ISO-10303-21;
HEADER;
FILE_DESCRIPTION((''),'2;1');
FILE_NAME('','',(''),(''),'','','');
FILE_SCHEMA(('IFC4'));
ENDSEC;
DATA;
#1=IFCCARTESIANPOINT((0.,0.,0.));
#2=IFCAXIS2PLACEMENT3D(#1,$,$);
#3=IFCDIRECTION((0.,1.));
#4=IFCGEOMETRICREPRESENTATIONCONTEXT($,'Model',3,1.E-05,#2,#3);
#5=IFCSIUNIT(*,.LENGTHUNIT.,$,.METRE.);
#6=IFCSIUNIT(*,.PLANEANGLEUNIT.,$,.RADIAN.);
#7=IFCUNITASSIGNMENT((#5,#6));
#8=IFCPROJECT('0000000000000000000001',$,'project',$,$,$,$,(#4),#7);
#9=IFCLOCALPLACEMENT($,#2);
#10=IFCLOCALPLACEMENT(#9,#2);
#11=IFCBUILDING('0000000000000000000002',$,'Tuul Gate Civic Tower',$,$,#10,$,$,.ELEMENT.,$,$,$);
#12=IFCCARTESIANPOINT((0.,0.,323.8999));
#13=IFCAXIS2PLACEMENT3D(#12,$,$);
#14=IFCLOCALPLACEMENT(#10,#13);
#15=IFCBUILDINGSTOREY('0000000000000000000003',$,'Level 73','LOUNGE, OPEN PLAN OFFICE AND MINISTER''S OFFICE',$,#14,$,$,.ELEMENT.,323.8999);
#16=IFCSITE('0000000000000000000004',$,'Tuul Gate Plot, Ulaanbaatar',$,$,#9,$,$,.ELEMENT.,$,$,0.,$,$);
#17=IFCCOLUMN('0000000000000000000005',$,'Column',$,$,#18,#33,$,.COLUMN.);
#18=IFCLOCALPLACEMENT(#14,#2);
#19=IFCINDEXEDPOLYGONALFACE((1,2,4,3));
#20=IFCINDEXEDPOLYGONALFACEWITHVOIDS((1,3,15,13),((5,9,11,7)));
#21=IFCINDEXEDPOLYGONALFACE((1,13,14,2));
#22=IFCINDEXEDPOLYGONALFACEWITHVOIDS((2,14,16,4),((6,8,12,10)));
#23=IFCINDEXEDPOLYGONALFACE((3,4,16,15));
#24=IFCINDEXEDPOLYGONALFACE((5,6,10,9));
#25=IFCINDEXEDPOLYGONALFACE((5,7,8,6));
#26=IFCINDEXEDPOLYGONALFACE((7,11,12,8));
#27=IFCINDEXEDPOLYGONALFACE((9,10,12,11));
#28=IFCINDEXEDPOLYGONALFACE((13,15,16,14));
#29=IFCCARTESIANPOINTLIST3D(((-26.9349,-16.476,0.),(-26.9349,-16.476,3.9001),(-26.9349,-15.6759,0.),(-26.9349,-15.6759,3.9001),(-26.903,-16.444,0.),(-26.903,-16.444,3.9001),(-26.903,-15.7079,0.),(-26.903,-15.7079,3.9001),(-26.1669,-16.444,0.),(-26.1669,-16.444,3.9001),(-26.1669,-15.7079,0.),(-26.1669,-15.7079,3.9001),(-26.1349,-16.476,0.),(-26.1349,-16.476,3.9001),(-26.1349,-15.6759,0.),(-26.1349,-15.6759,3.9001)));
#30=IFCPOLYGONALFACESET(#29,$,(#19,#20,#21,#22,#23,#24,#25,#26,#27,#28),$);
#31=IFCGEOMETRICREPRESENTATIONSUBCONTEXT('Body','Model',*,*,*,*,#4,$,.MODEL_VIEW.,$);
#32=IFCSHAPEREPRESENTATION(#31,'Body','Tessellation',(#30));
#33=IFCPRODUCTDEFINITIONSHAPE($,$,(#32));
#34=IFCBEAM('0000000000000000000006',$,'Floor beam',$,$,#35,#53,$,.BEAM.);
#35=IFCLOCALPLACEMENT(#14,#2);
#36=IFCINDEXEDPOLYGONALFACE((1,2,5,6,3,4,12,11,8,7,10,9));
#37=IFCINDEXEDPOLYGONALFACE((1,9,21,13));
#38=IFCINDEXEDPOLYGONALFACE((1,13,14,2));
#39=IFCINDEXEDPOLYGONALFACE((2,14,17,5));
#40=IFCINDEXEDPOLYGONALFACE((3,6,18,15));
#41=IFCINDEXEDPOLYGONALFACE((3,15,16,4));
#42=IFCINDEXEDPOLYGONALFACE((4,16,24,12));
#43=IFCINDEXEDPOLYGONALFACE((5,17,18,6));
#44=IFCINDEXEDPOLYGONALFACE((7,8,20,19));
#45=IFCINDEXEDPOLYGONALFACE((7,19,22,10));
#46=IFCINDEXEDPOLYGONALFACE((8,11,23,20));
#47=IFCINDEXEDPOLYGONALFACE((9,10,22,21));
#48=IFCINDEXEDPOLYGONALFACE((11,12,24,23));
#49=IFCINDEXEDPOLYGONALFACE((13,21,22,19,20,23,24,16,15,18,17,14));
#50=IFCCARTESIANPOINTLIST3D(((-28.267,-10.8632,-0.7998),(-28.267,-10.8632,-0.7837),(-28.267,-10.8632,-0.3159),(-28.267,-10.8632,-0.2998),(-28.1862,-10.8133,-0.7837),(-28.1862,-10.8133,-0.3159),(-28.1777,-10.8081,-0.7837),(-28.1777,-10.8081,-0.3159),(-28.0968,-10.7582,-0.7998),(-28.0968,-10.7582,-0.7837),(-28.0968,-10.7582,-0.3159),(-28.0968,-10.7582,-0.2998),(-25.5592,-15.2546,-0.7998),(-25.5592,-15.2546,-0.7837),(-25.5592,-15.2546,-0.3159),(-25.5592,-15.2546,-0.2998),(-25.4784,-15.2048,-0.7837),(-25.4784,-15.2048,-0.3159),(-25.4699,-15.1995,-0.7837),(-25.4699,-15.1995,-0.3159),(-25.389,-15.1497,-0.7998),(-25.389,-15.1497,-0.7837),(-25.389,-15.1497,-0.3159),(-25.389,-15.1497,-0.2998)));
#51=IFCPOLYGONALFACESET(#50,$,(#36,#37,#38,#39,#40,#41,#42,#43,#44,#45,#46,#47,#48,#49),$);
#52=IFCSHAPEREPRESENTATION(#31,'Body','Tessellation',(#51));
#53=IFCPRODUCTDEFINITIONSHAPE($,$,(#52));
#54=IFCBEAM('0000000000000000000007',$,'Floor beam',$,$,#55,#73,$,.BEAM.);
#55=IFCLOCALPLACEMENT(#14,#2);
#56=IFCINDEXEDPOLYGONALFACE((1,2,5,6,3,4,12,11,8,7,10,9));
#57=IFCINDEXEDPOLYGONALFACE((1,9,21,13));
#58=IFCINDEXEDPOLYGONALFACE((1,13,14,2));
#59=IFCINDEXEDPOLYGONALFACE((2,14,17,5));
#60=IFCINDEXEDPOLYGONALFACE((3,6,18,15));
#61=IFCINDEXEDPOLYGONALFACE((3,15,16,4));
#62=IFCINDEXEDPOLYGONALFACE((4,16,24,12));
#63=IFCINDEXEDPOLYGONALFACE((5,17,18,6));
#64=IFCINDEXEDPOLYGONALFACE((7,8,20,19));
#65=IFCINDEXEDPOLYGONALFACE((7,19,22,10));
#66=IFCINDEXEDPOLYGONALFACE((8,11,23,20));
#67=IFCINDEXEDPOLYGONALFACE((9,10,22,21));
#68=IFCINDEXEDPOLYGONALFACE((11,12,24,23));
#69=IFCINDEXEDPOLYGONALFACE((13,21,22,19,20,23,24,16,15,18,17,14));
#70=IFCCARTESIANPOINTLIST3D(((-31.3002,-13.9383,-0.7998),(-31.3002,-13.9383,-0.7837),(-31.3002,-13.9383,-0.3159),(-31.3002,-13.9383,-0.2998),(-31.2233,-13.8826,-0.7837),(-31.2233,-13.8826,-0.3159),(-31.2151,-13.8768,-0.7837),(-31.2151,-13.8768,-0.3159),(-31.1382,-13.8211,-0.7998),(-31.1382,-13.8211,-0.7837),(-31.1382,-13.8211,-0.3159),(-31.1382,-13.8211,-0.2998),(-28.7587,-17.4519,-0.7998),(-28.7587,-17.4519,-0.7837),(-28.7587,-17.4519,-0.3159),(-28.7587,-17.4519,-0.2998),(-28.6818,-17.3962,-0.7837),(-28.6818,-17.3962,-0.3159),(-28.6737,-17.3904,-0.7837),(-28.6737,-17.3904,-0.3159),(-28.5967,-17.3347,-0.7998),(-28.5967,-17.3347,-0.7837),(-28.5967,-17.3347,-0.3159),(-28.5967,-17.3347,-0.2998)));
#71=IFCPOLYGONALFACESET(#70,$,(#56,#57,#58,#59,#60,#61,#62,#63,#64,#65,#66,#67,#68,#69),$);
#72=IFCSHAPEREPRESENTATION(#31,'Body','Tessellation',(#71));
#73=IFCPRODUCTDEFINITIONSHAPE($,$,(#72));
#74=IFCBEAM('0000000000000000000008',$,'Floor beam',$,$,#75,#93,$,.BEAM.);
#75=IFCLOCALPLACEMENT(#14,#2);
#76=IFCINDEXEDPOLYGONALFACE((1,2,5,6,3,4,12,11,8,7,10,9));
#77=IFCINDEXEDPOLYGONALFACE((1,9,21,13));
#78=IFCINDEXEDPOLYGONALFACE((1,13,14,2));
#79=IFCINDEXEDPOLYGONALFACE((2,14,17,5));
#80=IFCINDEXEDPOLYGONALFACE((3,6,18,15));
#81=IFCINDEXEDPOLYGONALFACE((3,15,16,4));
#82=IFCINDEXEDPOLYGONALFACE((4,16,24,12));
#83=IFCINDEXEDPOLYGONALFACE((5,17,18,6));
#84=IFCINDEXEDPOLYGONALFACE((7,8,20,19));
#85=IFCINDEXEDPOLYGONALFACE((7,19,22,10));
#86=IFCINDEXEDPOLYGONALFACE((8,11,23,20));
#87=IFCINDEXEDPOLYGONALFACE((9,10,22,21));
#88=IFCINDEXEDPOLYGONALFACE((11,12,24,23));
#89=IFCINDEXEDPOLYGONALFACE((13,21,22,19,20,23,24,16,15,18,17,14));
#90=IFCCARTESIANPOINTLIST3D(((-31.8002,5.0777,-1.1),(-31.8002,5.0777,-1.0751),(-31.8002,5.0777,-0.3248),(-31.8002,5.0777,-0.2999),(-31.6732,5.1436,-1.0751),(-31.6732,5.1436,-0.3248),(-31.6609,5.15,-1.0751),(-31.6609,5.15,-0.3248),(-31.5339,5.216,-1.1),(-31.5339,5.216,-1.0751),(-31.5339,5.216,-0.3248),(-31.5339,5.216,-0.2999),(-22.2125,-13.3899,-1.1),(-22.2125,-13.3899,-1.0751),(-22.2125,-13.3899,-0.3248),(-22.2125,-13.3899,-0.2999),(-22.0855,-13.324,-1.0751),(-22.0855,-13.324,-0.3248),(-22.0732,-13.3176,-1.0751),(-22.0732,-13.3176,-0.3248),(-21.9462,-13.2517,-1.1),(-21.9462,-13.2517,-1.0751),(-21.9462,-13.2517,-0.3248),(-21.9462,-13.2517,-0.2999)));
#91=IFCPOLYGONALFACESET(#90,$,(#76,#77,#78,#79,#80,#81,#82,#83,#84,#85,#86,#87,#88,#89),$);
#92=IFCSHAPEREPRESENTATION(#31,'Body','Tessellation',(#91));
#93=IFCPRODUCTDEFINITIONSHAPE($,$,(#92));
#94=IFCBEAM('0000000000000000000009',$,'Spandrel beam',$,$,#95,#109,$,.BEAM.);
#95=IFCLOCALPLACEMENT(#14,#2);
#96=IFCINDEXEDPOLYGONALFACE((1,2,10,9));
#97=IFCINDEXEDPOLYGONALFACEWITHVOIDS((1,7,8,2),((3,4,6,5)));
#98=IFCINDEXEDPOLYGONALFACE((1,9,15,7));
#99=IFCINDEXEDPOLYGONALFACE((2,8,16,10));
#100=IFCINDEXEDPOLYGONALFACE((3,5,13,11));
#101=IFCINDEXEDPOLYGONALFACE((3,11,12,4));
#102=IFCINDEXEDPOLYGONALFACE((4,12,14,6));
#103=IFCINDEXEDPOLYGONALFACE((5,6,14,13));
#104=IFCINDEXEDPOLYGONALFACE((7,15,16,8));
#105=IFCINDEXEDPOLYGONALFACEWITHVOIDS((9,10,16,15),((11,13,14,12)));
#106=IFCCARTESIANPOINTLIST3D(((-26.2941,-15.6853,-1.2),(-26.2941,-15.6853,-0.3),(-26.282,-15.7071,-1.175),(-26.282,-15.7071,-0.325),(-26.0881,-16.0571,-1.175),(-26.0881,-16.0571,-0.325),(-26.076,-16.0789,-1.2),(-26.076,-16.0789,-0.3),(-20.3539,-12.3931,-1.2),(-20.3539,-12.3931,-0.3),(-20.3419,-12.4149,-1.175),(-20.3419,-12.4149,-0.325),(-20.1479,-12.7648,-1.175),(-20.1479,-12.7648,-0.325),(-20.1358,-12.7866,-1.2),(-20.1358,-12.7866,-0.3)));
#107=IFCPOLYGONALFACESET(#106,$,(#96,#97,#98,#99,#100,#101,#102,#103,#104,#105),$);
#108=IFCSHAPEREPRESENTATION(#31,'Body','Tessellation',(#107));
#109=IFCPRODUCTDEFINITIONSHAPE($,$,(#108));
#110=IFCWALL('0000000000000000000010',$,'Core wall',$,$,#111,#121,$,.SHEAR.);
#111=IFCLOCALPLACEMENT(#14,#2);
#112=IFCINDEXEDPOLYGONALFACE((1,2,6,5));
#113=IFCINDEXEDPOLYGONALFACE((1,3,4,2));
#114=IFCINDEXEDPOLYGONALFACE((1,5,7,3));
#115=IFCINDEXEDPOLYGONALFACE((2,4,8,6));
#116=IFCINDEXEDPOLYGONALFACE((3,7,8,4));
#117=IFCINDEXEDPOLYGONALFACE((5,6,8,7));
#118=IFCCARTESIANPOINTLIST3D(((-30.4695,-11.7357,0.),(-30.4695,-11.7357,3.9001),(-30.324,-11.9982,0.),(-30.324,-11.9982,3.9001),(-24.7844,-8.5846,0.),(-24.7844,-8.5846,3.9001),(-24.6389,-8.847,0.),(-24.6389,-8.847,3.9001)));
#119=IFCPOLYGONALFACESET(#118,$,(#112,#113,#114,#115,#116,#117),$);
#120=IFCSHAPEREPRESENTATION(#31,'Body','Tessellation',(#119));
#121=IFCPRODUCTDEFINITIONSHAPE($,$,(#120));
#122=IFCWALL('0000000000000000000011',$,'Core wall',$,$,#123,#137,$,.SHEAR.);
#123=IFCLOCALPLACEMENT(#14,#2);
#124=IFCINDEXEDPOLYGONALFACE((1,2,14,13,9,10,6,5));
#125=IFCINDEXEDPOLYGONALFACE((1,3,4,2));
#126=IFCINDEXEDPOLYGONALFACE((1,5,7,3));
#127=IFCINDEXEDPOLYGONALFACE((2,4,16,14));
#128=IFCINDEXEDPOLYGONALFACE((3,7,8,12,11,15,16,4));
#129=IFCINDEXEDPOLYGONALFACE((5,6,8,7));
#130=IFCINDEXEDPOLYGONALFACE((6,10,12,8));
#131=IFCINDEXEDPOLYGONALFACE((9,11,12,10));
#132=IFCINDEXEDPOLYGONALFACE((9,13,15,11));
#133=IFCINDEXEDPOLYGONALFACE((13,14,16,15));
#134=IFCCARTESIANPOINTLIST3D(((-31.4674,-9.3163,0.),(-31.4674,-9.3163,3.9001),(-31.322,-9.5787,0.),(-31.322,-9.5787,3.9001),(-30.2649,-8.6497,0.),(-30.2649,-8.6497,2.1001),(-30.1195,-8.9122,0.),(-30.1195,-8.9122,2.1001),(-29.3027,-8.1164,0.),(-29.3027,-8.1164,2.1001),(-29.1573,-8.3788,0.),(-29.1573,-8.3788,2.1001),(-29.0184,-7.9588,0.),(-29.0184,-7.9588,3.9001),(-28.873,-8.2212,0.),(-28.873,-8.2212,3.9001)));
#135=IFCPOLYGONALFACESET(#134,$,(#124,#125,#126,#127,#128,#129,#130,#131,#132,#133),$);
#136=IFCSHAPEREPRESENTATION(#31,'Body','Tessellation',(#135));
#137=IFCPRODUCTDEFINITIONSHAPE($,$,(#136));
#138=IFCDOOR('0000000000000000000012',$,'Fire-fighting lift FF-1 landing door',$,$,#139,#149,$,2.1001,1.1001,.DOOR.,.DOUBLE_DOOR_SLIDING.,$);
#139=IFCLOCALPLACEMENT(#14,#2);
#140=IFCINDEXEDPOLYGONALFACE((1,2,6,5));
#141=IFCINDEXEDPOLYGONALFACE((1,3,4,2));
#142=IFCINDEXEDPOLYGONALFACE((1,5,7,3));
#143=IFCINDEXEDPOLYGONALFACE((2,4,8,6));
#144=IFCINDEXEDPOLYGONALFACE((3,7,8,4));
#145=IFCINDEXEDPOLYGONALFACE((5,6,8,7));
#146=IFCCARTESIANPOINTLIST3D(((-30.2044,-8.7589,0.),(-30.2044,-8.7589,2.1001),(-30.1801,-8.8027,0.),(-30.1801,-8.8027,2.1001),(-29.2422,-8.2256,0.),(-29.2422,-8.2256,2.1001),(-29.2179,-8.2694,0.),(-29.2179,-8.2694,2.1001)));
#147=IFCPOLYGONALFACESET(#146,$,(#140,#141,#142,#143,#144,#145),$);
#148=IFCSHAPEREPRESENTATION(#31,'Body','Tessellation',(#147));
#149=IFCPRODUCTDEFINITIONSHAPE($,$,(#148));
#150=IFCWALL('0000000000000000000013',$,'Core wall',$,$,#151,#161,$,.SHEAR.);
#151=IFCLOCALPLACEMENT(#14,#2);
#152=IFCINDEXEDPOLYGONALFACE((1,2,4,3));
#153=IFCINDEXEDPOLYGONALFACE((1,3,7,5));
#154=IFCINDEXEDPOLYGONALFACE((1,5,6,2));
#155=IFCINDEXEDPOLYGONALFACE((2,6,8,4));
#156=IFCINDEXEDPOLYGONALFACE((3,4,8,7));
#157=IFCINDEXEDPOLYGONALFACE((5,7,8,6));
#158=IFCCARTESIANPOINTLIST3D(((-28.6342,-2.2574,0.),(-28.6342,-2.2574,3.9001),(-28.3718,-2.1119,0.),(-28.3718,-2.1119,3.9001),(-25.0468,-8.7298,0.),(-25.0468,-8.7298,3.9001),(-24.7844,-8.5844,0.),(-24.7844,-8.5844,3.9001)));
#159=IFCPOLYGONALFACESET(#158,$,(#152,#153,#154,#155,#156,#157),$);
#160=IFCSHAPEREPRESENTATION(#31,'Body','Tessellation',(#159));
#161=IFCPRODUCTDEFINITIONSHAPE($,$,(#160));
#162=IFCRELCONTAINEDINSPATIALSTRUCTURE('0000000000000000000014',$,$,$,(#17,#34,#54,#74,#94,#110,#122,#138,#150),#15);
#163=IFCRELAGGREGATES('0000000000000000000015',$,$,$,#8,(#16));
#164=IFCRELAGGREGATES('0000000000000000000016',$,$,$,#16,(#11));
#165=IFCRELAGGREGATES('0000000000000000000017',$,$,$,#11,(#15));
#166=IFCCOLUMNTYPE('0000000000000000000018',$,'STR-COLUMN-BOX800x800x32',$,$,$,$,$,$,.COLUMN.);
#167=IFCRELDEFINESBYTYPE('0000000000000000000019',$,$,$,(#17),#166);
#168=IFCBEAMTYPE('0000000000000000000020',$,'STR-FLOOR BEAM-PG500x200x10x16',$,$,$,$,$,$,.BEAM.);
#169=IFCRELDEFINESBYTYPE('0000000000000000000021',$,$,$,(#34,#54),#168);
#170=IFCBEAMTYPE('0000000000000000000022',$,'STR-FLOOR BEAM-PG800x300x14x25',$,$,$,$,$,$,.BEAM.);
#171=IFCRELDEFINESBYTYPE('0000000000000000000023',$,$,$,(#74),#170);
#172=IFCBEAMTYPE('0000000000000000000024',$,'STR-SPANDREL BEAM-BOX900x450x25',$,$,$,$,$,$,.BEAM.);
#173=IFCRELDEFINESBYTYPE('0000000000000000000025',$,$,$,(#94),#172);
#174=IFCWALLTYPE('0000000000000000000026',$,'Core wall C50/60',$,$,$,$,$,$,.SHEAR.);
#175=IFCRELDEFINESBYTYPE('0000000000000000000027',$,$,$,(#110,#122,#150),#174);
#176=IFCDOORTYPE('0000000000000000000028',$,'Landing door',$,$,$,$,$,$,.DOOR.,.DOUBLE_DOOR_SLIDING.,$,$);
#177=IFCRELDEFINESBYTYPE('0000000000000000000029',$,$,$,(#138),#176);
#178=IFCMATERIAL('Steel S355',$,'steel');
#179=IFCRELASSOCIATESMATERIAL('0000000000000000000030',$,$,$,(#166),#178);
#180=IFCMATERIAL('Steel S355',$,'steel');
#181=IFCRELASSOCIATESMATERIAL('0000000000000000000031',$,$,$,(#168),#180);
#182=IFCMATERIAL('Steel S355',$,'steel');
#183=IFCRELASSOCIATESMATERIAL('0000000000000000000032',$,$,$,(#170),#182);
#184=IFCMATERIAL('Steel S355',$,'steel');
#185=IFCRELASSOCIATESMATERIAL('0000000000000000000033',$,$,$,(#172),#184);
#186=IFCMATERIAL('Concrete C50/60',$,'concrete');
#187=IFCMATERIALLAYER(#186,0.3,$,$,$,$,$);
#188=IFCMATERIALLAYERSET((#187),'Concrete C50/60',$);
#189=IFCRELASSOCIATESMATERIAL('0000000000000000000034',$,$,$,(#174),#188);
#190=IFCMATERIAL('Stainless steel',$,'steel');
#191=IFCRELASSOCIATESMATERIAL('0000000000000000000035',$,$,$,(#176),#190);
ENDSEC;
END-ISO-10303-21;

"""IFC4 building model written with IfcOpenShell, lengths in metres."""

from ifc_helpers import new_model, si_unit, direction, frame, frame_2d, origin, origin_2d, place, context, subcontext, project, spatial, rectangle, hollow_rectangle, i_section, extrude, material, layer, layer_set, material_profile, profile_set, type_object, element, fill, save


model = new_model("IFC4")

# Units and contexts
model_context = context("Model", 3, precision=1e-05, world=origin(), true_north=direction((0.0, 1.0)))
body_context = subcontext(model_context, "Body", "Model", "MODEL_VIEW")
ifc_project = project(units=[si_unit("LENGTHUNIT", "METRE"), si_unit("PLANEANGLEUNIT", "RADIAN")], contexts=[model_context])

# Site, building, storey
site_placement = place(None, origin())
site = spatial("IfcSite", under=ifc_project, at=site_placement, Name="Tuul Gate Plot, Ulaanbaatar", CompositionType="ELEMENT", RefElevation=0.0)
building_placement = place(site_placement, origin())
building = spatial("IfcBuilding", under=site, at=building_placement, Name="Tuul Gate Civic Tower", CompositionType="ELEMENT")
storey_placement = place(building_placement, frame((0.0, 0.0, 323.8999)))
storey = spatial("IfcBuildingStorey", under=building, at=storey_placement, Name="Level 73", Description="LOUNGE, OPEN PLAN OFFICE AND MINISTER'S OFFICE", CompositionType="ELEMENT", Elevation=323.8999)

# Column
ifc_material_1 = material(Name="Steel S355", Category="steel")
ifc_material_profile_1 = material_profile(ifc_material_1, hollow_rectangle(XDim=0.8, YDim=0.8, WallThickness=0.032, at=origin_2d()), Name="BOX800x800x32")
ifc_profile_set_1 = profile_set([ifc_material_profile_1], Name="Steel S355")
column_type = type_object("IfcColumnType", Name="STR-COLUMN-BOX800x800x32", PredefinedType="COLUMN", material=ifc_profile_set_1)
column_placement = place(storey_placement, frame((-26.5349, -16.0759, 0.0), z_axis=(0.0, 0.0, 1.0), x_axis=(1.0, 0.0, 0.0)))
element("IfcColumn", 1, at=column_placement, inside=storey, type_object=column_type, Name="Column", PredefinedType="COLUMN", context=body_context, shape_type="SweptSolid", body=[
    extrude(hollow_rectangle(XDim=0.8, YDim=0.8, WallThickness=0.032, at=origin_2d()), origin(), (0.0, 0.0, 1.0), 3.9001),
])

# Beams
ifc_material_2 = material(Name="Steel S355", Category="steel")
ifc_material_profile_2 = material_profile(ifc_material_2, i_section(OverallWidth=0.2, OverallDepth=0.5, WebThickness=0.01, FlangeThickness=0.0161, at=origin_2d()), Name="PG500x200x10x16")
ifc_profile_set_2 = profile_set([ifc_material_profile_2], Name="Steel S355")
beam_type_1 = type_object("IfcBeamType", Name="STR-FLOOR BEAM-PG500x200x10x16", PredefinedType="BEAM", material=ifc_profile_set_2)
beam_1_placement = place(storey_placement, frame((-25.4741, -15.2021, -0.5498), z_axis=(-0.524855, 0.851192, 0.0), x_axis=(-0.851192, -0.524855, 0.0)))
element("IfcBeam", 2, at=beam_1_placement, inside=storey, type_object=beam_type_1, Name="Floor beam", PredefinedType="BEAM", context=body_context, shape_type="SweptSolid", body=[
    extrude(i_section(OverallWidth=0.2, OverallDepth=0.5, WebThickness=0.01, FlangeThickness=0.0161, at=origin_2d()), origin(), (0.0, 0.0, 1.0), 5.1592),
])
beam_2_placement = place(storey_placement, frame((-28.6777, -17.3933, -0.5498), z_axis=(-0.586074, 0.810257, 0.0), x_axis=(-0.810257, -0.586074, 0.0)))
element("IfcBeam", 3, at=beam_2_placement, inside=storey, type_object=beam_type_1, Name="Floor beam", PredefinedType="BEAM", context=body_context, shape_type="SweptSolid", body=[
    extrude(i_section(OverallWidth=0.2, OverallDepth=0.5, WebThickness=0.01, FlangeThickness=0.0161, at=origin_2d()), origin(), (0.0, 0.0, 1.0), 4.3364),
])
ifc_material_3 = material(Name="Steel S355", Category="steel")
ifc_material_profile_3 = material_profile(ifc_material_3, i_section(OverallWidth=0.3, OverallDepth=0.8, WebThickness=0.0139, FlangeThickness=0.0249, at=origin_2d()), Name="PG800x300x14x25")
ifc_profile_set_3 = profile_set([ifc_material_profile_3], Name="Steel S355")
beam_type_2 = type_object("IfcBeamType", Name="STR-FLOOR BEAM-PG800x300x14x25", PredefinedType="BEAM", material=ifc_profile_set_3)
beam_3_placement = place(storey_placement, frame((-22.0793, -13.3208, -0.7), z_axis=(-0.460767, 0.887521, 0.0), x_axis=(-0.887521, -0.460767, 0.0)))
element("IfcBeam", 4, at=beam_3_placement, inside=storey, type_object=beam_type_2, Name="Floor beam", PredefinedType="BEAM", context=body_context, shape_type="SweptSolid", body=[
    extrude(i_section(OverallWidth=0.3, OverallDepth=0.8, WebThickness=0.0139, FlangeThickness=0.0249, at=origin_2d()), origin(), (0.0, 0.0, 1.0), 20.8081),
])
ifc_material_4 = material(Name="Steel S355", Category="steel")
ifc_material_profile_4 = material_profile(ifc_material_4, hollow_rectangle(XDim=0.45, YDim=0.8999, WallThickness=0.0249, at=origin_2d()), Name="BOX900x450x25")
ifc_profile_set_4 = profile_set([ifc_material_profile_4], Name="Steel S355")
beam_type_3 = type_object("IfcBeamType", Name="STR-SPANDREL BEAM-BOX900x450x25", PredefinedType="BEAM", material=ifc_profile_set_4)
beam_4_placement = place(storey_placement, frame((-26.1851, -15.8821, -0.75), z_axis=(0.874649, 0.484758, 0.0), x_axis=(-0.484758, 0.874649, 0.0)))
element("IfcBeam", 5, at=beam_4_placement, inside=storey, type_object=beam_type_3, Name="Spandrel beam", PredefinedType="BEAM", context=body_context, shape_type="SweptSolid", body=[
    extrude(hollow_rectangle(XDim=0.45, YDim=0.8999, WallThickness=0.0249, at=origin_2d()), origin(), (0.0, 0.0, 1.0), 6.7915),
])

# Wall
ifc_material_5 = material(Name="Concrete C50/60", Category="concrete")
ifc_layer_1 = layer(ifc_material_5, 0.3)
ifc_layer_set_1 = layer_set([ifc_layer_1], Name="Concrete C50/60")
wall_type_1 = type_object("IfcWallType", Name="Core wall C50/60", PredefinedType="SHEAR", material=ifc_layer_set_1)
wall_1_placement = place(storey_placement, frame((-24.7117, -8.7158, 0.0), z_axis=(0.0, 0.0, 1.0), x_axis=(-0.87463, -0.484791, 0.0)))
element("IfcWall", 6, at=wall_1_placement, inside=storey, type_object=wall_type_1, Name="Core wall", PredefinedType="SHEAR", context=body_context, shape_type="SweptSolid", body=[
    extrude(rectangle(XDim=6.5, YDim=0.3, at=frame_2d((3.25, 0.0))), origin(), (0.0, 0.0, 1.0), 3.9001),
])

# Wall, opening, door
wall_2_placement = place(storey_placement, frame((-28.9458, -8.0901, 0.0), z_axis=(0.0, 0.0, 1.0), x_axis=(-0.87463, -0.484791, 0.0)))
wall_2 = element("IfcWall", 7, at=wall_2_placement, inside=storey, type_object=wall_type_1, Name="Core wall", PredefinedType="SHEAR", context=body_context, shape_type="SweptSolid", body=[
    extrude(rectangle(XDim=2.8, YDim=0.3, at=frame_2d((1.3999, 0.0))), origin(), (0.0, 0.0, 1.0), 3.9001),
])
opening_1_placement = place(wall_2_placement, frame((0.325, 0.0, 0.0)))
opening_1 = element("IfcOpeningElement", 8, at=opening_1_placement, cuts=wall_2, PredefinedType="OPENING", context=body_context, shape_type="SweptSolid", body=[
    extrude(rectangle(XDim=1.1001, YDim=2.1001, at=frame_2d((0.55, 1.05))), frame((0.0, 0.1602, 0.0), z_axis=(0.0, -1.0, 0.0), x_axis=(1.0, 0.0, 0.0)), (0.0, 0.0, 1.0), 0.3201),
])
ifc_material_6 = material(Name="Stainless steel", Category="steel")
door_type_1 = type_object("IfcDoorType", Name="Landing door", OperationType="DOUBLE_DOOR_SLIDING", PredefinedType="DOOR", material=ifc_material_6)
door_1_placement = place(opening_1_placement, origin())
door_1 = element("IfcDoor", 9, at=door_1_placement, inside=storey, type_object=door_type_1, Name="Fire-fighting lift FF-1 landing door", OperationType="DOUBLE_DOOR_SLIDING", OverallHeight=2.1001, OverallWidth=1.1001, PredefinedType="DOOR", context=body_context, shape_type="SweptSolid", body=[
    extrude(rectangle(XDim=1.1001, YDim=2.1001, at=frame_2d((0.55, 1.05))), frame((0.0, 0.0249, 0.0), z_axis=(0.0, -1.0, 0.0), x_axis=(1.0, 0.0, 0.0)), (0.0, 0.0, 1.0), 0.05),
])
fill(opening_1, door_1)

# Wall
wall_3_placement = place(storey_placement, frame((-24.9155, -8.6572, 0.0), z_axis=(0.0, 0.0, 1.0), x_axis=(-0.484777, 0.874638, 0.0)))
element("IfcWall", 10, at=wall_3_placement, inside=storey, type_object=wall_type_1, Name="Core wall", PredefinedType="SHEAR", context=body_context, shape_type="SweptSolid", body=[
    extrude(rectangle(XDim=7.4001, YDim=0.3, at=frame_2d((3.7002, 0.0))), origin(), (0.0, 0.0, 1.0), 3.9001),
])

save(model, "model.ifc")
